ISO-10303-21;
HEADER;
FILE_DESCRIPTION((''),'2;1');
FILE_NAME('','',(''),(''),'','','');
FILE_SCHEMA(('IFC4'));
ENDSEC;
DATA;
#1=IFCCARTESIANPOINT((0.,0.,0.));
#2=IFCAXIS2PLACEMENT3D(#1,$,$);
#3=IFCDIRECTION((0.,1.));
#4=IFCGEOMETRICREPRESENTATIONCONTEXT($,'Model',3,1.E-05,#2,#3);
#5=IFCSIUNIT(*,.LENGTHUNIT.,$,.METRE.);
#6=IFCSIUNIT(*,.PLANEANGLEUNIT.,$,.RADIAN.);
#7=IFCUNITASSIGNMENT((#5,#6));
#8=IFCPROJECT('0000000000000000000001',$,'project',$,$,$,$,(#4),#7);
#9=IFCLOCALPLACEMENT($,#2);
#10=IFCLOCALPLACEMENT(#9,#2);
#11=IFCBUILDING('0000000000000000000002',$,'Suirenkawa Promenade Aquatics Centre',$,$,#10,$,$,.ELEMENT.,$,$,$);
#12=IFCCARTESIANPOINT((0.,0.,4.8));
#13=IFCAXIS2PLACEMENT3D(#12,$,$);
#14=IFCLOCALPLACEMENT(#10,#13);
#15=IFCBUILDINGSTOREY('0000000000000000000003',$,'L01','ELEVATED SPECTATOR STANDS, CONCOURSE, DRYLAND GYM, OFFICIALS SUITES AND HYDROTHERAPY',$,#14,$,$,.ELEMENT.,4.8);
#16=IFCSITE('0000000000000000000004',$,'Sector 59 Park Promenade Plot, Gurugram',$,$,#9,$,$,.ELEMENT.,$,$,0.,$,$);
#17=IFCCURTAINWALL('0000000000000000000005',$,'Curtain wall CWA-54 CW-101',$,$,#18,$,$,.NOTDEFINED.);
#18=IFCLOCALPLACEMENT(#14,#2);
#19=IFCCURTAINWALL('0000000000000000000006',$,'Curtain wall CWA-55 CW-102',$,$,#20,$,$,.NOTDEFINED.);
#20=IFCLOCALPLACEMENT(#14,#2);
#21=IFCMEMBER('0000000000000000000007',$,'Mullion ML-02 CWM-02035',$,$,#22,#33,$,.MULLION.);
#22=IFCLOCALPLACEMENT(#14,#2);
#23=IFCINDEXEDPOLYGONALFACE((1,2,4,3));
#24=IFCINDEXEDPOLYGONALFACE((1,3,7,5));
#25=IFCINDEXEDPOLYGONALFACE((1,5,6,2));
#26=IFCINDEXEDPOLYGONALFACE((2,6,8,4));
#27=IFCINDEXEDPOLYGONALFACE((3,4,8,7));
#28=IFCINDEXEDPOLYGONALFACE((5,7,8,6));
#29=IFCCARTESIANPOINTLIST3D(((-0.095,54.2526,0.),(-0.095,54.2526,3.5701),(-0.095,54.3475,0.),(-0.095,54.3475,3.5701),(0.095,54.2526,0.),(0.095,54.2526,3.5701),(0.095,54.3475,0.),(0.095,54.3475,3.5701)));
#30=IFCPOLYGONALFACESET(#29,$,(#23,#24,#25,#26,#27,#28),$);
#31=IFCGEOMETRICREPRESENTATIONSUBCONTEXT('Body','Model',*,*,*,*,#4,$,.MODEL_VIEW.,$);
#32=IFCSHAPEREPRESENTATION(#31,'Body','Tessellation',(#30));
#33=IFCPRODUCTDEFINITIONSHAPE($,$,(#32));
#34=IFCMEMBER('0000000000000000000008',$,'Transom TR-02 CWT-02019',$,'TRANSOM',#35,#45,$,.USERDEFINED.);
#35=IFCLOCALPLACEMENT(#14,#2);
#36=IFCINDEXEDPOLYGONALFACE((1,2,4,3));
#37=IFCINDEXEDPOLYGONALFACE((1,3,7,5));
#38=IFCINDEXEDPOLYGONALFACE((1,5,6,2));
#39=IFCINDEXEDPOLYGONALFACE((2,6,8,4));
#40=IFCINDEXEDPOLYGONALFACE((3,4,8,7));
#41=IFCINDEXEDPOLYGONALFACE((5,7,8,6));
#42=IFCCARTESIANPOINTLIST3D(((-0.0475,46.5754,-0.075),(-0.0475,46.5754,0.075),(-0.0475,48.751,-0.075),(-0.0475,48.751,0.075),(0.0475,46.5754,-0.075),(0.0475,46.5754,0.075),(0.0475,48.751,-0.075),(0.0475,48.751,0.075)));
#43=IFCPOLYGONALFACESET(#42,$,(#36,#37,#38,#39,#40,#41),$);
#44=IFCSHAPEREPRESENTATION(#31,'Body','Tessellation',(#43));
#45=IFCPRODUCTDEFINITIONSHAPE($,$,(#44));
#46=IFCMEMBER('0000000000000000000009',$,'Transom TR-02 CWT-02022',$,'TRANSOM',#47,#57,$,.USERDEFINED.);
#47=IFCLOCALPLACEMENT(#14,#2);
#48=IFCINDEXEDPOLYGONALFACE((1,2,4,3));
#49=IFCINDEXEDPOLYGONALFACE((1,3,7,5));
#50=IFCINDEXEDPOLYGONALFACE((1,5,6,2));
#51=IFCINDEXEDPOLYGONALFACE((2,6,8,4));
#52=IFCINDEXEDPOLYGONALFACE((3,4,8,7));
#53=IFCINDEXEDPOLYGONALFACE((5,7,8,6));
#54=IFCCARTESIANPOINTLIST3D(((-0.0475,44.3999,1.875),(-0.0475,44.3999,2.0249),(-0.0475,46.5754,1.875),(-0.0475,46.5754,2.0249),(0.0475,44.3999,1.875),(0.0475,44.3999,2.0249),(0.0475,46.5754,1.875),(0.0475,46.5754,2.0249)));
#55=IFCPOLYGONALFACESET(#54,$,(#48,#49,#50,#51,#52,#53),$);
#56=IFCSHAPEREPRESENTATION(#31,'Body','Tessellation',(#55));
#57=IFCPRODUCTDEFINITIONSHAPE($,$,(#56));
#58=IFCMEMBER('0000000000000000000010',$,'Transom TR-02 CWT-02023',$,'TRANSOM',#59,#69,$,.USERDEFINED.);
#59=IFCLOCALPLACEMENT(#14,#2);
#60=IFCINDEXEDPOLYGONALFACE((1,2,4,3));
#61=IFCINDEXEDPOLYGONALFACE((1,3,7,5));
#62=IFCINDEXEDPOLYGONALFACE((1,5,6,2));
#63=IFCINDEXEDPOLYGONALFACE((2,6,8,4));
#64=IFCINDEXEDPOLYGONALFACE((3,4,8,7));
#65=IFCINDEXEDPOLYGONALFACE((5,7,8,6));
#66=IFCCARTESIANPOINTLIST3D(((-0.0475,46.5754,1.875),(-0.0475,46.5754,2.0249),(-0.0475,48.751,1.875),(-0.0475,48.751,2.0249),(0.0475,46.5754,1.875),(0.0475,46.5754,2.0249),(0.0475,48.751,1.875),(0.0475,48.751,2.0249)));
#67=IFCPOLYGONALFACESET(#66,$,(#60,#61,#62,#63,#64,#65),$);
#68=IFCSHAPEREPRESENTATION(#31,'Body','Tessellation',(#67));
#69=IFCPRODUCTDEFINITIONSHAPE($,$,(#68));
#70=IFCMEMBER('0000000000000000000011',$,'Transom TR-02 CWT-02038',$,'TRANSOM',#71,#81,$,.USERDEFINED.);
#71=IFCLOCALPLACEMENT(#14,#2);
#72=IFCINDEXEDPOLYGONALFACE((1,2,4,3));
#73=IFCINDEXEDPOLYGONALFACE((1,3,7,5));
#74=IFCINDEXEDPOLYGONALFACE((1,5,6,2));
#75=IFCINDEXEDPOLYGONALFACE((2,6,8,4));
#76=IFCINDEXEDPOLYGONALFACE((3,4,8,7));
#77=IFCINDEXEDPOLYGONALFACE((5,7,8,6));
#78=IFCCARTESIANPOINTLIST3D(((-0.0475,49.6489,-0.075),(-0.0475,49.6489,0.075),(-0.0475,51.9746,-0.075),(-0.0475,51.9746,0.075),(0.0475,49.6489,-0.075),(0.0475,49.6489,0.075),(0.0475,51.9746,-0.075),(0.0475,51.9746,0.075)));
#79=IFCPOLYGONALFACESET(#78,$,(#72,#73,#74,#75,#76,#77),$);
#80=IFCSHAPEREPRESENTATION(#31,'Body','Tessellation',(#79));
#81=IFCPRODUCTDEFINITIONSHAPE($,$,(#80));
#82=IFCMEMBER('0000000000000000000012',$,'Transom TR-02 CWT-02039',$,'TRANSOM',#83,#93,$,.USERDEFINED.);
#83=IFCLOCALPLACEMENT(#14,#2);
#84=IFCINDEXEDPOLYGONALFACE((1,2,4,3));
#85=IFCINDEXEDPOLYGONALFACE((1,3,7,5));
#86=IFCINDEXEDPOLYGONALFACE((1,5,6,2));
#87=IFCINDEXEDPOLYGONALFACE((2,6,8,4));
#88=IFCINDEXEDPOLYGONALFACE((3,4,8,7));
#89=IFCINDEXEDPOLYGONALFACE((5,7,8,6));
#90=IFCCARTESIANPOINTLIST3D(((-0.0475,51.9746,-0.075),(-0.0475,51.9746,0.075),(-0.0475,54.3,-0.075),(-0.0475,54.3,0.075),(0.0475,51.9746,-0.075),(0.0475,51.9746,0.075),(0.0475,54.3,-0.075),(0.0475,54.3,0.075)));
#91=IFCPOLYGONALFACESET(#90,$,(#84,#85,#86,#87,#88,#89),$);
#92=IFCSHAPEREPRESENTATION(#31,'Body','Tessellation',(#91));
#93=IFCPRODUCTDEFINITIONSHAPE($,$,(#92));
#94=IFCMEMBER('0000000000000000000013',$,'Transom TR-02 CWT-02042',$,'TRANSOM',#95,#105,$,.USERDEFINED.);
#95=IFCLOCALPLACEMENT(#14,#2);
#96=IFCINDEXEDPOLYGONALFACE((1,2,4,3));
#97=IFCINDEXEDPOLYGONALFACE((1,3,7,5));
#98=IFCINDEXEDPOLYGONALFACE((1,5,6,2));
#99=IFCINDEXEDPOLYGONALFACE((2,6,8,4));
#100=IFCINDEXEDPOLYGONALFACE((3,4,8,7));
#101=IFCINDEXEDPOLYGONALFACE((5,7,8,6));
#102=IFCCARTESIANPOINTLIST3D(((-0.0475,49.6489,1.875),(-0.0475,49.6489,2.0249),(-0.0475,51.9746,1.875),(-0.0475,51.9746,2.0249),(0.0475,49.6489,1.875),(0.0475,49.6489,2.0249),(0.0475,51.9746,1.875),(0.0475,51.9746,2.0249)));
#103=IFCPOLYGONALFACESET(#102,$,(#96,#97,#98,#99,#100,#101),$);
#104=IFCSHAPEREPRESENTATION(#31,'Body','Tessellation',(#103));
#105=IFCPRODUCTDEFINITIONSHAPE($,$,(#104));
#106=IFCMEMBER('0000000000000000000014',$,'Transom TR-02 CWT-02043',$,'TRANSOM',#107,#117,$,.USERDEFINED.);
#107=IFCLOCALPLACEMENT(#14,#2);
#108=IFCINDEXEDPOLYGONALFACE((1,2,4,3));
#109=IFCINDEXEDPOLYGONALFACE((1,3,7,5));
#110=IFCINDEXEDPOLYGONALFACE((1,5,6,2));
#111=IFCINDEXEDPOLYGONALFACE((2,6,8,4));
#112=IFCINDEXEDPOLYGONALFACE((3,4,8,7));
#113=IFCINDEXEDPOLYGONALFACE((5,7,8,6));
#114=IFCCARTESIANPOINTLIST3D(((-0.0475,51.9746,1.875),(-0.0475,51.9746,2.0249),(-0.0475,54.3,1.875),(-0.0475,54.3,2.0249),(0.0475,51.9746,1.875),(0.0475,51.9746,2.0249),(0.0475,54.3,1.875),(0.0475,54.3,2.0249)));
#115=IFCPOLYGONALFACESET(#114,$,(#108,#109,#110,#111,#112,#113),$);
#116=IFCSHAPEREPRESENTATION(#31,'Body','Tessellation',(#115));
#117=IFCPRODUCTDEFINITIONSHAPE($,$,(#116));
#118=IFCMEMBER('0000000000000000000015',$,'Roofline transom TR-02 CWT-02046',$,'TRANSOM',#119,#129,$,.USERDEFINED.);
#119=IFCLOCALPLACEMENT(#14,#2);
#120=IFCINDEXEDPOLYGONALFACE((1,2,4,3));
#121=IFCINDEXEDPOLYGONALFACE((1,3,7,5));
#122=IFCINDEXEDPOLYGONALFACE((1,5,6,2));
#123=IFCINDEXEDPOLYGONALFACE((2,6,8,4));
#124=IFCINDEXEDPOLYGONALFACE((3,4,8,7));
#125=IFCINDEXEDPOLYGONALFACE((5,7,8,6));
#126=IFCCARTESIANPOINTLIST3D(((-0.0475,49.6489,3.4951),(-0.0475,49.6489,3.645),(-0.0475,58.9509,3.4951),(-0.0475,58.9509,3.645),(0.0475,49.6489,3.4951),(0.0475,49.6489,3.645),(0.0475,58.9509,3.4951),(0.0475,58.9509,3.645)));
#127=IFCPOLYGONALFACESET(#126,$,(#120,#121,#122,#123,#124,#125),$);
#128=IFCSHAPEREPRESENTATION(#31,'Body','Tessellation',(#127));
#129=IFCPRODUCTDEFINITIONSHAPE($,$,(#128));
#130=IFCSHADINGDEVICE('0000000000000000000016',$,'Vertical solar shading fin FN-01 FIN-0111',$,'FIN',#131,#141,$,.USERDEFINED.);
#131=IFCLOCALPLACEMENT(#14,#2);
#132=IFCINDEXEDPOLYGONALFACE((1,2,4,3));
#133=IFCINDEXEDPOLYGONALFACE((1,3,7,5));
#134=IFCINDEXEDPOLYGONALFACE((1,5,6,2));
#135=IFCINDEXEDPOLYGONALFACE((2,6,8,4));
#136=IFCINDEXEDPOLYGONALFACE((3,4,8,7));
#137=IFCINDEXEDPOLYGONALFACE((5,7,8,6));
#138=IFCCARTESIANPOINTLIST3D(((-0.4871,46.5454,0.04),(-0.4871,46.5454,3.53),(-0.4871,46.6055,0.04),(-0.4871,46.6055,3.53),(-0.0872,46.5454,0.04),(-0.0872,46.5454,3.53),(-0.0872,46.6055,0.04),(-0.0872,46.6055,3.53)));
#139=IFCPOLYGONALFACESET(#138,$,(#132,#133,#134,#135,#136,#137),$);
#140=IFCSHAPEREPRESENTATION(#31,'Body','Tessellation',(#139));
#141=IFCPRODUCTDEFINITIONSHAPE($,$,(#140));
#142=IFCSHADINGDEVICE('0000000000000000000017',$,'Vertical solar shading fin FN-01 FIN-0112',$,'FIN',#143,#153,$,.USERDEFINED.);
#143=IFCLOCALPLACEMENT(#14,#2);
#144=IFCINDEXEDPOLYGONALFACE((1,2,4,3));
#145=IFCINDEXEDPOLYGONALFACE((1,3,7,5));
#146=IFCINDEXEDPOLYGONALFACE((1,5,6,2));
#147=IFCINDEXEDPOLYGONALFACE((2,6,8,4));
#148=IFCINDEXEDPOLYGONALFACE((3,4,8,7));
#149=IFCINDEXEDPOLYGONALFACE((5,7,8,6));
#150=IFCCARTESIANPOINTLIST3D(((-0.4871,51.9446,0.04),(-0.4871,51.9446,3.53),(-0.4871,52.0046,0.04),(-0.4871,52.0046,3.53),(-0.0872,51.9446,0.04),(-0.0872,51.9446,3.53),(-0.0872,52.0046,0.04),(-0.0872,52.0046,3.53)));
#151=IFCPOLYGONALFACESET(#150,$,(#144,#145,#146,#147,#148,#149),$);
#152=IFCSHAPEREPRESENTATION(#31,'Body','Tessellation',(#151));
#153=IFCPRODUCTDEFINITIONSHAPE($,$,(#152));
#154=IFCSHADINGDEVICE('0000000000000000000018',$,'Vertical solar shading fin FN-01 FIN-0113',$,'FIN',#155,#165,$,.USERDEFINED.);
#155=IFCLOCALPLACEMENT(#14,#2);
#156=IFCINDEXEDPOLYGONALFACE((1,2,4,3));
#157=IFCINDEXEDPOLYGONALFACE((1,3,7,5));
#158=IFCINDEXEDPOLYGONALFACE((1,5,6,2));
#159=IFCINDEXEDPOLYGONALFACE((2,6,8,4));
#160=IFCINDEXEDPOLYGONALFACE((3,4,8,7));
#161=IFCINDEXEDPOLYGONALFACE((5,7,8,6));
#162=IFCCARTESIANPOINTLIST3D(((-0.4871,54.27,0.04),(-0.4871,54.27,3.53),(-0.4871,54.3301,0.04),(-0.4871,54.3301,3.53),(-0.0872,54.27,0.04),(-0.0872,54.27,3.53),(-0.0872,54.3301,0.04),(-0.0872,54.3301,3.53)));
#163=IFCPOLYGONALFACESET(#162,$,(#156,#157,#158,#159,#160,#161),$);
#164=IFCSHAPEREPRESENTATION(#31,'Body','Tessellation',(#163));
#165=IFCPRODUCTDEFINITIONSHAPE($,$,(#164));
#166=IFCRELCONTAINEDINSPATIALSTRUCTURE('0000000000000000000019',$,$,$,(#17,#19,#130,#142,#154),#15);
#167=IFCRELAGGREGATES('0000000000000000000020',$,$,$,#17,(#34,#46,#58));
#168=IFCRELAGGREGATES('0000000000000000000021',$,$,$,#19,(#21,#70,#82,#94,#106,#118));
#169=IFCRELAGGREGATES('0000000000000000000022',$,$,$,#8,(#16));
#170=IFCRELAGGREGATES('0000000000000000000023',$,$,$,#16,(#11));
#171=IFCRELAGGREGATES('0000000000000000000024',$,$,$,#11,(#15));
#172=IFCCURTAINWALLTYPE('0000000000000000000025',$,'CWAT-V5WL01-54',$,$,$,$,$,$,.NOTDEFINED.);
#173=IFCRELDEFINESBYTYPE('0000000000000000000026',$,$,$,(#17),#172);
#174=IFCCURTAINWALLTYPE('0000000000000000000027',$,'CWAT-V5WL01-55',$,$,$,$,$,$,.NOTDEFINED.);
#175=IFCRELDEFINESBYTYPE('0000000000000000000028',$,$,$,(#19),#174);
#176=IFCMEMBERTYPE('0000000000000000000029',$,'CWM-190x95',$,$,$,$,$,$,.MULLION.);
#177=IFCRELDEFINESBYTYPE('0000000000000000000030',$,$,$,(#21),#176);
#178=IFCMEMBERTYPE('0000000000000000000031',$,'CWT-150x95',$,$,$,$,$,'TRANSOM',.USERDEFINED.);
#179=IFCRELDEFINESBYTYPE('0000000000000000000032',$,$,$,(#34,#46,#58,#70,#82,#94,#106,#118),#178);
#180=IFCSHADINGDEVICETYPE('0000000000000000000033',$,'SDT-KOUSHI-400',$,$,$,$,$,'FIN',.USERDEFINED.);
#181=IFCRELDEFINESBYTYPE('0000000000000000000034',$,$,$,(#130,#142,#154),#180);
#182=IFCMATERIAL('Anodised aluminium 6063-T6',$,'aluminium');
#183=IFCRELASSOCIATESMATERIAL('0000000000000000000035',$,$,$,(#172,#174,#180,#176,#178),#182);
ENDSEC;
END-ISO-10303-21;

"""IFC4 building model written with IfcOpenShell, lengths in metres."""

from ifc_helpers import new_model, si_unit, direction, frame, origin, origin_2d, place, context, subcontext, project, spatial, rectangle, extrude, material, material_profile, profile_set, type_object, element, aggregate, save


model = new_model("IFC4")

# Units and contexts
model_context = context("Model", 3, precision=1e-05, world=origin(), true_north=direction((0.0, 1.0)))
body_context = subcontext(model_context, "Body", "Model", "MODEL_VIEW")
ifc_project = project(units=[si_unit("LENGTHUNIT", "METRE"), si_unit("PLANEANGLEUNIT", "RADIAN")], contexts=[model_context])

# Site, building, storey
site_placement = place(None, origin())
site = spatial("IfcSite", under=ifc_project, at=site_placement, Name="Sector 59 Park Promenade Plot, Gurugram", CompositionType="ELEMENT", RefElevation=0.0)
building_placement = place(site_placement, origin())
building = spatial("IfcBuilding", under=site, at=building_placement, Name="Suirenkawa Promenade Aquatics Centre", CompositionType="ELEMENT")
storey_placement = place(building_placement, frame((0.0, 0.0, 4.8)))
storey = spatial("IfcBuildingStorey", under=building, at=storey_placement, Name="L01", Description="ELEVATED SPECTATOR STANDS, CONCOURSE, DRYLAND GYM, OFFICIALS SUITES AND HYDROTHERAPY", CompositionType="ELEMENT", Elevation=4.8)

# Curtain walls, member
ifc_material_1 = material(Name="Anodised aluminium 6063-T6", Category="aluminium")
curtain_wall_type_1 = type_object("IfcCurtainWallType", Name="CWAT-V5WL01-54", PredefinedType="NOTDEFINED", material=ifc_material_1)
curtain_wall_1_placement = place(storey_placement, origin())
curtain_wall_1 = element("IfcCurtainWall", 1, at=curtain_wall_1_placement, inside=storey, type_object=curtain_wall_type_1, Name="Curtain wall CWA-54 CW-101", PredefinedType="NOTDEFINED")
ifc_material_profile_1 = material_profile(ifc_material_1, rectangle(XDim=0.095, YDim=0.1899, at=origin_2d()), Name="ALU MULL 95x190", Category="aluminium")
ifc_profile_set_1 = profile_set([ifc_material_profile_1], Name="Anodised aluminium 6063-T6")
member_type_1 = type_object("IfcMemberType", Name="CWM-190x95", PredefinedType="MULLION", material=ifc_profile_set_1)
curtain_wall_type_2 = type_object("IfcCurtainWallType", Name="CWAT-V5WL01-55", PredefinedType="NOTDEFINED", material=ifc_material_1)
curtain_wall_2_placement = place(storey_placement, origin())
curtain_wall_2 = element("IfcCurtainWall", 2, at=curtain_wall_2_placement, inside=storey, type_object=curtain_wall_type_2, Name="Curtain wall CWA-55 CW-102", PredefinedType="NOTDEFINED")
member_1_placement = place(storey_placement, frame((0.0, 54.3, 0.0), z_axis=(0.0, 0.0, 1.0), x_axis=(0.0, 1.0, 0.0)))
member_1 = element("IfcMember", 3, at=member_1_placement, type_object=member_type_1, Name="Mullion ML-02 CWM-02035", PredefinedType="MULLION", context=body_context, shape_type="SweptSolid", body=[
    extrude(rectangle(XDim=0.095, YDim=0.1899, at=origin_2d()), origin(), (0.0, 0.0, 1.0), 3.5701),
])

# Members
ifc_material_profile_2 = material_profile(ifc_material_1, rectangle(XDim=0.095, YDim=0.1499, at=origin_2d()), Name="ALU TRAN 95x150", Category="aluminium")
ifc_profile_set_2 = profile_set([ifc_material_profile_2], Name="Anodised aluminium 6063-T6")
member_type_2 = type_object("IfcMemberType", Name="CWT-150x95", ElementType="TRANSOM", PredefinedType="USERDEFINED", material=ifc_profile_set_2)
member_2_placement = place(storey_placement, frame((0.0, 46.5754, 0.0), z_axis=(0.0, 1.0, 0.0), x_axis=(-1.0, 0.0, 0.0)))
member_2 = element("IfcMember", 4, at=member_2_placement, type_object=member_type_2, Name="Transom TR-02 CWT-02019", ObjectType="TRANSOM", PredefinedType="USERDEFINED", context=body_context, shape_type="SweptSolid", body=[
    extrude(rectangle(XDim=0.095, YDim=0.1499, at=origin_2d()), origin(), (0.0, 0.0, 1.0), 2.1755),
])
member_3_placement = place(storey_placement, frame((0.0, 44.3999, 1.95), z_axis=(0.0, 1.0, 0.0), x_axis=(-1.0, 0.0, 0.0)))
member_3 = element("IfcMember", 5, at=member_3_placement, type_object=member_type_2, Name="Transom TR-02 CWT-02022", ObjectType="TRANSOM", PredefinedType="USERDEFINED", context=body_context, shape_type="SweptSolid", body=[
    extrude(rectangle(XDim=0.095, YDim=0.1499, at=origin_2d()), origin(), (0.0, 0.0, 1.0), 2.1755),
])
member_4_placement = place(storey_placement, frame((0.0, 46.5754, 1.95), z_axis=(0.0, 1.0, 0.0), x_axis=(-1.0, 0.0, 0.0)))
member_4 = element("IfcMember", 6, at=member_4_placement, type_object=member_type_2, Name="Transom TR-02 CWT-02023", ObjectType="TRANSOM", PredefinedType="USERDEFINED", context=body_context, shape_type="SweptSolid", body=[
    extrude(rectangle(XDim=0.095, YDim=0.1499, at=origin_2d()), origin(), (0.0, 0.0, 1.0), 2.1755),
])
member_5_placement = place(storey_placement, frame((0.0, 49.6489, 0.0), z_axis=(0.0, 1.0, 0.0), x_axis=(-1.0, 0.0, 0.0)))
member_5 = element("IfcMember", 7, at=member_5_placement, type_object=member_type_2, Name="Transom TR-02 CWT-02038", ObjectType="TRANSOM", PredefinedType="USERDEFINED", context=body_context, shape_type="SweptSolid", body=[
    extrude(rectangle(XDim=0.095, YDim=0.1499, at=origin_2d()), origin(), (0.0, 0.0, 1.0), 2.3257),
])
member_6_placement = place(storey_placement, frame((0.0, 51.9746, 0.0), z_axis=(0.0, 1.0, 0.0), x_axis=(-1.0, 0.0, 0.0)))
member_6 = element("IfcMember", 8, at=member_6_placement, type_object=member_type_2, Name="Transom TR-02 CWT-02039", ObjectType="TRANSOM", PredefinedType="USERDEFINED", context=body_context, shape_type="SweptSolid", body=[
    extrude(rectangle(XDim=0.095, YDim=0.1499, at=origin_2d()), origin(), (0.0, 0.0, 1.0), 2.3254),
])
member_7_placement = place(storey_placement, frame((0.0, 49.6489, 1.95), z_axis=(0.0, 1.0, 0.0), x_axis=(-1.0, 0.0, 0.0)))
member_7 = element("IfcMember", 9, at=member_7_placement, type_object=member_type_2, Name="Transom TR-02 CWT-02042", ObjectType="TRANSOM", PredefinedType="USERDEFINED", context=body_context, shape_type="SweptSolid", body=[
    extrude(rectangle(XDim=0.095, YDim=0.1499, at=origin_2d()), origin(), (0.0, 0.0, 1.0), 2.3257),
])
member_8_placement = place(storey_placement, frame((0.0, 51.9746, 1.95), z_axis=(0.0, 1.0, 0.0), x_axis=(-1.0, 0.0, 0.0)))
member_8 = element("IfcMember", 10, at=member_8_placement, type_object=member_type_2, Name="Transom TR-02 CWT-02043", ObjectType="TRANSOM", PredefinedType="USERDEFINED", context=body_context, shape_type="SweptSolid", body=[
    extrude(rectangle(XDim=0.095, YDim=0.1499, at=origin_2d()), origin(), (0.0, 0.0, 1.0), 2.3254),
])
member_9_placement = place(storey_placement, frame((0.0, 49.6489, 3.5701), z_axis=(0.0, 1.0, 0.0), x_axis=(-1.0, 0.0, 0.0)))
member_9 = element("IfcMember", 11, at=member_9_placement, type_object=member_type_2, Name="Roofline transom TR-02 CWT-02046", ObjectType="TRANSOM", PredefinedType="USERDEFINED", context=body_context, shape_type="SweptSolid", body=[
    extrude(rectangle(XDim=0.095, YDim=0.1499, at=origin_2d()), origin(), (0.0, 0.0, 1.0), 9.302),
])

aggregate(curtain_wall_1, [member_2, member_3, member_4])
aggregate(curtain_wall_2, [member_1, member_5, member_6, member_7, member_8, member_9])

# Shading devices
shading_device_type = type_object("IfcShadingDeviceType", Name="SDT-KOUSHI-400", ElementType="FIN", PredefinedType="USERDEFINED", material=ifc_material_1)
for number, where, z_axis, x_axis, name in (
    (12, (-0.2871, 46.5754, 0.04), (0.0, 0.0, 1.0), (-1.0, 0.0, 0.0), "Vertical solar shading fin FN-01 FIN-0111"),
    (13, (-0.2871, 51.9746, 0.04), (0.0, 0.0, 1.0), (-1.0, 0.0, 0.0), "Vertical solar shading fin FN-01 FIN-0112"),
    (14, (-0.2871, 54.3, 0.04), (0.0, 0.0, 1.0), (-1.0, 0.0, 0.0), "Vertical solar shading fin FN-01 FIN-0113"),
):
    element("IfcShadingDevice", number, at=place(storey_placement, frame(where, z_axis=z_axis, x_axis=x_axis)), inside=storey, type_object=shading_device_type, Name=name, ObjectType="FIN", PredefinedType="USERDEFINED", context=body_context, shape_type="SweptSolid", body=[
        extrude(rectangle(XDim=0.3999, YDim=0.0601, at=origin_2d()), origin(), (0.0, 0.0, 1.0), 3.49),
    ])

save(model, "model.ifc")
